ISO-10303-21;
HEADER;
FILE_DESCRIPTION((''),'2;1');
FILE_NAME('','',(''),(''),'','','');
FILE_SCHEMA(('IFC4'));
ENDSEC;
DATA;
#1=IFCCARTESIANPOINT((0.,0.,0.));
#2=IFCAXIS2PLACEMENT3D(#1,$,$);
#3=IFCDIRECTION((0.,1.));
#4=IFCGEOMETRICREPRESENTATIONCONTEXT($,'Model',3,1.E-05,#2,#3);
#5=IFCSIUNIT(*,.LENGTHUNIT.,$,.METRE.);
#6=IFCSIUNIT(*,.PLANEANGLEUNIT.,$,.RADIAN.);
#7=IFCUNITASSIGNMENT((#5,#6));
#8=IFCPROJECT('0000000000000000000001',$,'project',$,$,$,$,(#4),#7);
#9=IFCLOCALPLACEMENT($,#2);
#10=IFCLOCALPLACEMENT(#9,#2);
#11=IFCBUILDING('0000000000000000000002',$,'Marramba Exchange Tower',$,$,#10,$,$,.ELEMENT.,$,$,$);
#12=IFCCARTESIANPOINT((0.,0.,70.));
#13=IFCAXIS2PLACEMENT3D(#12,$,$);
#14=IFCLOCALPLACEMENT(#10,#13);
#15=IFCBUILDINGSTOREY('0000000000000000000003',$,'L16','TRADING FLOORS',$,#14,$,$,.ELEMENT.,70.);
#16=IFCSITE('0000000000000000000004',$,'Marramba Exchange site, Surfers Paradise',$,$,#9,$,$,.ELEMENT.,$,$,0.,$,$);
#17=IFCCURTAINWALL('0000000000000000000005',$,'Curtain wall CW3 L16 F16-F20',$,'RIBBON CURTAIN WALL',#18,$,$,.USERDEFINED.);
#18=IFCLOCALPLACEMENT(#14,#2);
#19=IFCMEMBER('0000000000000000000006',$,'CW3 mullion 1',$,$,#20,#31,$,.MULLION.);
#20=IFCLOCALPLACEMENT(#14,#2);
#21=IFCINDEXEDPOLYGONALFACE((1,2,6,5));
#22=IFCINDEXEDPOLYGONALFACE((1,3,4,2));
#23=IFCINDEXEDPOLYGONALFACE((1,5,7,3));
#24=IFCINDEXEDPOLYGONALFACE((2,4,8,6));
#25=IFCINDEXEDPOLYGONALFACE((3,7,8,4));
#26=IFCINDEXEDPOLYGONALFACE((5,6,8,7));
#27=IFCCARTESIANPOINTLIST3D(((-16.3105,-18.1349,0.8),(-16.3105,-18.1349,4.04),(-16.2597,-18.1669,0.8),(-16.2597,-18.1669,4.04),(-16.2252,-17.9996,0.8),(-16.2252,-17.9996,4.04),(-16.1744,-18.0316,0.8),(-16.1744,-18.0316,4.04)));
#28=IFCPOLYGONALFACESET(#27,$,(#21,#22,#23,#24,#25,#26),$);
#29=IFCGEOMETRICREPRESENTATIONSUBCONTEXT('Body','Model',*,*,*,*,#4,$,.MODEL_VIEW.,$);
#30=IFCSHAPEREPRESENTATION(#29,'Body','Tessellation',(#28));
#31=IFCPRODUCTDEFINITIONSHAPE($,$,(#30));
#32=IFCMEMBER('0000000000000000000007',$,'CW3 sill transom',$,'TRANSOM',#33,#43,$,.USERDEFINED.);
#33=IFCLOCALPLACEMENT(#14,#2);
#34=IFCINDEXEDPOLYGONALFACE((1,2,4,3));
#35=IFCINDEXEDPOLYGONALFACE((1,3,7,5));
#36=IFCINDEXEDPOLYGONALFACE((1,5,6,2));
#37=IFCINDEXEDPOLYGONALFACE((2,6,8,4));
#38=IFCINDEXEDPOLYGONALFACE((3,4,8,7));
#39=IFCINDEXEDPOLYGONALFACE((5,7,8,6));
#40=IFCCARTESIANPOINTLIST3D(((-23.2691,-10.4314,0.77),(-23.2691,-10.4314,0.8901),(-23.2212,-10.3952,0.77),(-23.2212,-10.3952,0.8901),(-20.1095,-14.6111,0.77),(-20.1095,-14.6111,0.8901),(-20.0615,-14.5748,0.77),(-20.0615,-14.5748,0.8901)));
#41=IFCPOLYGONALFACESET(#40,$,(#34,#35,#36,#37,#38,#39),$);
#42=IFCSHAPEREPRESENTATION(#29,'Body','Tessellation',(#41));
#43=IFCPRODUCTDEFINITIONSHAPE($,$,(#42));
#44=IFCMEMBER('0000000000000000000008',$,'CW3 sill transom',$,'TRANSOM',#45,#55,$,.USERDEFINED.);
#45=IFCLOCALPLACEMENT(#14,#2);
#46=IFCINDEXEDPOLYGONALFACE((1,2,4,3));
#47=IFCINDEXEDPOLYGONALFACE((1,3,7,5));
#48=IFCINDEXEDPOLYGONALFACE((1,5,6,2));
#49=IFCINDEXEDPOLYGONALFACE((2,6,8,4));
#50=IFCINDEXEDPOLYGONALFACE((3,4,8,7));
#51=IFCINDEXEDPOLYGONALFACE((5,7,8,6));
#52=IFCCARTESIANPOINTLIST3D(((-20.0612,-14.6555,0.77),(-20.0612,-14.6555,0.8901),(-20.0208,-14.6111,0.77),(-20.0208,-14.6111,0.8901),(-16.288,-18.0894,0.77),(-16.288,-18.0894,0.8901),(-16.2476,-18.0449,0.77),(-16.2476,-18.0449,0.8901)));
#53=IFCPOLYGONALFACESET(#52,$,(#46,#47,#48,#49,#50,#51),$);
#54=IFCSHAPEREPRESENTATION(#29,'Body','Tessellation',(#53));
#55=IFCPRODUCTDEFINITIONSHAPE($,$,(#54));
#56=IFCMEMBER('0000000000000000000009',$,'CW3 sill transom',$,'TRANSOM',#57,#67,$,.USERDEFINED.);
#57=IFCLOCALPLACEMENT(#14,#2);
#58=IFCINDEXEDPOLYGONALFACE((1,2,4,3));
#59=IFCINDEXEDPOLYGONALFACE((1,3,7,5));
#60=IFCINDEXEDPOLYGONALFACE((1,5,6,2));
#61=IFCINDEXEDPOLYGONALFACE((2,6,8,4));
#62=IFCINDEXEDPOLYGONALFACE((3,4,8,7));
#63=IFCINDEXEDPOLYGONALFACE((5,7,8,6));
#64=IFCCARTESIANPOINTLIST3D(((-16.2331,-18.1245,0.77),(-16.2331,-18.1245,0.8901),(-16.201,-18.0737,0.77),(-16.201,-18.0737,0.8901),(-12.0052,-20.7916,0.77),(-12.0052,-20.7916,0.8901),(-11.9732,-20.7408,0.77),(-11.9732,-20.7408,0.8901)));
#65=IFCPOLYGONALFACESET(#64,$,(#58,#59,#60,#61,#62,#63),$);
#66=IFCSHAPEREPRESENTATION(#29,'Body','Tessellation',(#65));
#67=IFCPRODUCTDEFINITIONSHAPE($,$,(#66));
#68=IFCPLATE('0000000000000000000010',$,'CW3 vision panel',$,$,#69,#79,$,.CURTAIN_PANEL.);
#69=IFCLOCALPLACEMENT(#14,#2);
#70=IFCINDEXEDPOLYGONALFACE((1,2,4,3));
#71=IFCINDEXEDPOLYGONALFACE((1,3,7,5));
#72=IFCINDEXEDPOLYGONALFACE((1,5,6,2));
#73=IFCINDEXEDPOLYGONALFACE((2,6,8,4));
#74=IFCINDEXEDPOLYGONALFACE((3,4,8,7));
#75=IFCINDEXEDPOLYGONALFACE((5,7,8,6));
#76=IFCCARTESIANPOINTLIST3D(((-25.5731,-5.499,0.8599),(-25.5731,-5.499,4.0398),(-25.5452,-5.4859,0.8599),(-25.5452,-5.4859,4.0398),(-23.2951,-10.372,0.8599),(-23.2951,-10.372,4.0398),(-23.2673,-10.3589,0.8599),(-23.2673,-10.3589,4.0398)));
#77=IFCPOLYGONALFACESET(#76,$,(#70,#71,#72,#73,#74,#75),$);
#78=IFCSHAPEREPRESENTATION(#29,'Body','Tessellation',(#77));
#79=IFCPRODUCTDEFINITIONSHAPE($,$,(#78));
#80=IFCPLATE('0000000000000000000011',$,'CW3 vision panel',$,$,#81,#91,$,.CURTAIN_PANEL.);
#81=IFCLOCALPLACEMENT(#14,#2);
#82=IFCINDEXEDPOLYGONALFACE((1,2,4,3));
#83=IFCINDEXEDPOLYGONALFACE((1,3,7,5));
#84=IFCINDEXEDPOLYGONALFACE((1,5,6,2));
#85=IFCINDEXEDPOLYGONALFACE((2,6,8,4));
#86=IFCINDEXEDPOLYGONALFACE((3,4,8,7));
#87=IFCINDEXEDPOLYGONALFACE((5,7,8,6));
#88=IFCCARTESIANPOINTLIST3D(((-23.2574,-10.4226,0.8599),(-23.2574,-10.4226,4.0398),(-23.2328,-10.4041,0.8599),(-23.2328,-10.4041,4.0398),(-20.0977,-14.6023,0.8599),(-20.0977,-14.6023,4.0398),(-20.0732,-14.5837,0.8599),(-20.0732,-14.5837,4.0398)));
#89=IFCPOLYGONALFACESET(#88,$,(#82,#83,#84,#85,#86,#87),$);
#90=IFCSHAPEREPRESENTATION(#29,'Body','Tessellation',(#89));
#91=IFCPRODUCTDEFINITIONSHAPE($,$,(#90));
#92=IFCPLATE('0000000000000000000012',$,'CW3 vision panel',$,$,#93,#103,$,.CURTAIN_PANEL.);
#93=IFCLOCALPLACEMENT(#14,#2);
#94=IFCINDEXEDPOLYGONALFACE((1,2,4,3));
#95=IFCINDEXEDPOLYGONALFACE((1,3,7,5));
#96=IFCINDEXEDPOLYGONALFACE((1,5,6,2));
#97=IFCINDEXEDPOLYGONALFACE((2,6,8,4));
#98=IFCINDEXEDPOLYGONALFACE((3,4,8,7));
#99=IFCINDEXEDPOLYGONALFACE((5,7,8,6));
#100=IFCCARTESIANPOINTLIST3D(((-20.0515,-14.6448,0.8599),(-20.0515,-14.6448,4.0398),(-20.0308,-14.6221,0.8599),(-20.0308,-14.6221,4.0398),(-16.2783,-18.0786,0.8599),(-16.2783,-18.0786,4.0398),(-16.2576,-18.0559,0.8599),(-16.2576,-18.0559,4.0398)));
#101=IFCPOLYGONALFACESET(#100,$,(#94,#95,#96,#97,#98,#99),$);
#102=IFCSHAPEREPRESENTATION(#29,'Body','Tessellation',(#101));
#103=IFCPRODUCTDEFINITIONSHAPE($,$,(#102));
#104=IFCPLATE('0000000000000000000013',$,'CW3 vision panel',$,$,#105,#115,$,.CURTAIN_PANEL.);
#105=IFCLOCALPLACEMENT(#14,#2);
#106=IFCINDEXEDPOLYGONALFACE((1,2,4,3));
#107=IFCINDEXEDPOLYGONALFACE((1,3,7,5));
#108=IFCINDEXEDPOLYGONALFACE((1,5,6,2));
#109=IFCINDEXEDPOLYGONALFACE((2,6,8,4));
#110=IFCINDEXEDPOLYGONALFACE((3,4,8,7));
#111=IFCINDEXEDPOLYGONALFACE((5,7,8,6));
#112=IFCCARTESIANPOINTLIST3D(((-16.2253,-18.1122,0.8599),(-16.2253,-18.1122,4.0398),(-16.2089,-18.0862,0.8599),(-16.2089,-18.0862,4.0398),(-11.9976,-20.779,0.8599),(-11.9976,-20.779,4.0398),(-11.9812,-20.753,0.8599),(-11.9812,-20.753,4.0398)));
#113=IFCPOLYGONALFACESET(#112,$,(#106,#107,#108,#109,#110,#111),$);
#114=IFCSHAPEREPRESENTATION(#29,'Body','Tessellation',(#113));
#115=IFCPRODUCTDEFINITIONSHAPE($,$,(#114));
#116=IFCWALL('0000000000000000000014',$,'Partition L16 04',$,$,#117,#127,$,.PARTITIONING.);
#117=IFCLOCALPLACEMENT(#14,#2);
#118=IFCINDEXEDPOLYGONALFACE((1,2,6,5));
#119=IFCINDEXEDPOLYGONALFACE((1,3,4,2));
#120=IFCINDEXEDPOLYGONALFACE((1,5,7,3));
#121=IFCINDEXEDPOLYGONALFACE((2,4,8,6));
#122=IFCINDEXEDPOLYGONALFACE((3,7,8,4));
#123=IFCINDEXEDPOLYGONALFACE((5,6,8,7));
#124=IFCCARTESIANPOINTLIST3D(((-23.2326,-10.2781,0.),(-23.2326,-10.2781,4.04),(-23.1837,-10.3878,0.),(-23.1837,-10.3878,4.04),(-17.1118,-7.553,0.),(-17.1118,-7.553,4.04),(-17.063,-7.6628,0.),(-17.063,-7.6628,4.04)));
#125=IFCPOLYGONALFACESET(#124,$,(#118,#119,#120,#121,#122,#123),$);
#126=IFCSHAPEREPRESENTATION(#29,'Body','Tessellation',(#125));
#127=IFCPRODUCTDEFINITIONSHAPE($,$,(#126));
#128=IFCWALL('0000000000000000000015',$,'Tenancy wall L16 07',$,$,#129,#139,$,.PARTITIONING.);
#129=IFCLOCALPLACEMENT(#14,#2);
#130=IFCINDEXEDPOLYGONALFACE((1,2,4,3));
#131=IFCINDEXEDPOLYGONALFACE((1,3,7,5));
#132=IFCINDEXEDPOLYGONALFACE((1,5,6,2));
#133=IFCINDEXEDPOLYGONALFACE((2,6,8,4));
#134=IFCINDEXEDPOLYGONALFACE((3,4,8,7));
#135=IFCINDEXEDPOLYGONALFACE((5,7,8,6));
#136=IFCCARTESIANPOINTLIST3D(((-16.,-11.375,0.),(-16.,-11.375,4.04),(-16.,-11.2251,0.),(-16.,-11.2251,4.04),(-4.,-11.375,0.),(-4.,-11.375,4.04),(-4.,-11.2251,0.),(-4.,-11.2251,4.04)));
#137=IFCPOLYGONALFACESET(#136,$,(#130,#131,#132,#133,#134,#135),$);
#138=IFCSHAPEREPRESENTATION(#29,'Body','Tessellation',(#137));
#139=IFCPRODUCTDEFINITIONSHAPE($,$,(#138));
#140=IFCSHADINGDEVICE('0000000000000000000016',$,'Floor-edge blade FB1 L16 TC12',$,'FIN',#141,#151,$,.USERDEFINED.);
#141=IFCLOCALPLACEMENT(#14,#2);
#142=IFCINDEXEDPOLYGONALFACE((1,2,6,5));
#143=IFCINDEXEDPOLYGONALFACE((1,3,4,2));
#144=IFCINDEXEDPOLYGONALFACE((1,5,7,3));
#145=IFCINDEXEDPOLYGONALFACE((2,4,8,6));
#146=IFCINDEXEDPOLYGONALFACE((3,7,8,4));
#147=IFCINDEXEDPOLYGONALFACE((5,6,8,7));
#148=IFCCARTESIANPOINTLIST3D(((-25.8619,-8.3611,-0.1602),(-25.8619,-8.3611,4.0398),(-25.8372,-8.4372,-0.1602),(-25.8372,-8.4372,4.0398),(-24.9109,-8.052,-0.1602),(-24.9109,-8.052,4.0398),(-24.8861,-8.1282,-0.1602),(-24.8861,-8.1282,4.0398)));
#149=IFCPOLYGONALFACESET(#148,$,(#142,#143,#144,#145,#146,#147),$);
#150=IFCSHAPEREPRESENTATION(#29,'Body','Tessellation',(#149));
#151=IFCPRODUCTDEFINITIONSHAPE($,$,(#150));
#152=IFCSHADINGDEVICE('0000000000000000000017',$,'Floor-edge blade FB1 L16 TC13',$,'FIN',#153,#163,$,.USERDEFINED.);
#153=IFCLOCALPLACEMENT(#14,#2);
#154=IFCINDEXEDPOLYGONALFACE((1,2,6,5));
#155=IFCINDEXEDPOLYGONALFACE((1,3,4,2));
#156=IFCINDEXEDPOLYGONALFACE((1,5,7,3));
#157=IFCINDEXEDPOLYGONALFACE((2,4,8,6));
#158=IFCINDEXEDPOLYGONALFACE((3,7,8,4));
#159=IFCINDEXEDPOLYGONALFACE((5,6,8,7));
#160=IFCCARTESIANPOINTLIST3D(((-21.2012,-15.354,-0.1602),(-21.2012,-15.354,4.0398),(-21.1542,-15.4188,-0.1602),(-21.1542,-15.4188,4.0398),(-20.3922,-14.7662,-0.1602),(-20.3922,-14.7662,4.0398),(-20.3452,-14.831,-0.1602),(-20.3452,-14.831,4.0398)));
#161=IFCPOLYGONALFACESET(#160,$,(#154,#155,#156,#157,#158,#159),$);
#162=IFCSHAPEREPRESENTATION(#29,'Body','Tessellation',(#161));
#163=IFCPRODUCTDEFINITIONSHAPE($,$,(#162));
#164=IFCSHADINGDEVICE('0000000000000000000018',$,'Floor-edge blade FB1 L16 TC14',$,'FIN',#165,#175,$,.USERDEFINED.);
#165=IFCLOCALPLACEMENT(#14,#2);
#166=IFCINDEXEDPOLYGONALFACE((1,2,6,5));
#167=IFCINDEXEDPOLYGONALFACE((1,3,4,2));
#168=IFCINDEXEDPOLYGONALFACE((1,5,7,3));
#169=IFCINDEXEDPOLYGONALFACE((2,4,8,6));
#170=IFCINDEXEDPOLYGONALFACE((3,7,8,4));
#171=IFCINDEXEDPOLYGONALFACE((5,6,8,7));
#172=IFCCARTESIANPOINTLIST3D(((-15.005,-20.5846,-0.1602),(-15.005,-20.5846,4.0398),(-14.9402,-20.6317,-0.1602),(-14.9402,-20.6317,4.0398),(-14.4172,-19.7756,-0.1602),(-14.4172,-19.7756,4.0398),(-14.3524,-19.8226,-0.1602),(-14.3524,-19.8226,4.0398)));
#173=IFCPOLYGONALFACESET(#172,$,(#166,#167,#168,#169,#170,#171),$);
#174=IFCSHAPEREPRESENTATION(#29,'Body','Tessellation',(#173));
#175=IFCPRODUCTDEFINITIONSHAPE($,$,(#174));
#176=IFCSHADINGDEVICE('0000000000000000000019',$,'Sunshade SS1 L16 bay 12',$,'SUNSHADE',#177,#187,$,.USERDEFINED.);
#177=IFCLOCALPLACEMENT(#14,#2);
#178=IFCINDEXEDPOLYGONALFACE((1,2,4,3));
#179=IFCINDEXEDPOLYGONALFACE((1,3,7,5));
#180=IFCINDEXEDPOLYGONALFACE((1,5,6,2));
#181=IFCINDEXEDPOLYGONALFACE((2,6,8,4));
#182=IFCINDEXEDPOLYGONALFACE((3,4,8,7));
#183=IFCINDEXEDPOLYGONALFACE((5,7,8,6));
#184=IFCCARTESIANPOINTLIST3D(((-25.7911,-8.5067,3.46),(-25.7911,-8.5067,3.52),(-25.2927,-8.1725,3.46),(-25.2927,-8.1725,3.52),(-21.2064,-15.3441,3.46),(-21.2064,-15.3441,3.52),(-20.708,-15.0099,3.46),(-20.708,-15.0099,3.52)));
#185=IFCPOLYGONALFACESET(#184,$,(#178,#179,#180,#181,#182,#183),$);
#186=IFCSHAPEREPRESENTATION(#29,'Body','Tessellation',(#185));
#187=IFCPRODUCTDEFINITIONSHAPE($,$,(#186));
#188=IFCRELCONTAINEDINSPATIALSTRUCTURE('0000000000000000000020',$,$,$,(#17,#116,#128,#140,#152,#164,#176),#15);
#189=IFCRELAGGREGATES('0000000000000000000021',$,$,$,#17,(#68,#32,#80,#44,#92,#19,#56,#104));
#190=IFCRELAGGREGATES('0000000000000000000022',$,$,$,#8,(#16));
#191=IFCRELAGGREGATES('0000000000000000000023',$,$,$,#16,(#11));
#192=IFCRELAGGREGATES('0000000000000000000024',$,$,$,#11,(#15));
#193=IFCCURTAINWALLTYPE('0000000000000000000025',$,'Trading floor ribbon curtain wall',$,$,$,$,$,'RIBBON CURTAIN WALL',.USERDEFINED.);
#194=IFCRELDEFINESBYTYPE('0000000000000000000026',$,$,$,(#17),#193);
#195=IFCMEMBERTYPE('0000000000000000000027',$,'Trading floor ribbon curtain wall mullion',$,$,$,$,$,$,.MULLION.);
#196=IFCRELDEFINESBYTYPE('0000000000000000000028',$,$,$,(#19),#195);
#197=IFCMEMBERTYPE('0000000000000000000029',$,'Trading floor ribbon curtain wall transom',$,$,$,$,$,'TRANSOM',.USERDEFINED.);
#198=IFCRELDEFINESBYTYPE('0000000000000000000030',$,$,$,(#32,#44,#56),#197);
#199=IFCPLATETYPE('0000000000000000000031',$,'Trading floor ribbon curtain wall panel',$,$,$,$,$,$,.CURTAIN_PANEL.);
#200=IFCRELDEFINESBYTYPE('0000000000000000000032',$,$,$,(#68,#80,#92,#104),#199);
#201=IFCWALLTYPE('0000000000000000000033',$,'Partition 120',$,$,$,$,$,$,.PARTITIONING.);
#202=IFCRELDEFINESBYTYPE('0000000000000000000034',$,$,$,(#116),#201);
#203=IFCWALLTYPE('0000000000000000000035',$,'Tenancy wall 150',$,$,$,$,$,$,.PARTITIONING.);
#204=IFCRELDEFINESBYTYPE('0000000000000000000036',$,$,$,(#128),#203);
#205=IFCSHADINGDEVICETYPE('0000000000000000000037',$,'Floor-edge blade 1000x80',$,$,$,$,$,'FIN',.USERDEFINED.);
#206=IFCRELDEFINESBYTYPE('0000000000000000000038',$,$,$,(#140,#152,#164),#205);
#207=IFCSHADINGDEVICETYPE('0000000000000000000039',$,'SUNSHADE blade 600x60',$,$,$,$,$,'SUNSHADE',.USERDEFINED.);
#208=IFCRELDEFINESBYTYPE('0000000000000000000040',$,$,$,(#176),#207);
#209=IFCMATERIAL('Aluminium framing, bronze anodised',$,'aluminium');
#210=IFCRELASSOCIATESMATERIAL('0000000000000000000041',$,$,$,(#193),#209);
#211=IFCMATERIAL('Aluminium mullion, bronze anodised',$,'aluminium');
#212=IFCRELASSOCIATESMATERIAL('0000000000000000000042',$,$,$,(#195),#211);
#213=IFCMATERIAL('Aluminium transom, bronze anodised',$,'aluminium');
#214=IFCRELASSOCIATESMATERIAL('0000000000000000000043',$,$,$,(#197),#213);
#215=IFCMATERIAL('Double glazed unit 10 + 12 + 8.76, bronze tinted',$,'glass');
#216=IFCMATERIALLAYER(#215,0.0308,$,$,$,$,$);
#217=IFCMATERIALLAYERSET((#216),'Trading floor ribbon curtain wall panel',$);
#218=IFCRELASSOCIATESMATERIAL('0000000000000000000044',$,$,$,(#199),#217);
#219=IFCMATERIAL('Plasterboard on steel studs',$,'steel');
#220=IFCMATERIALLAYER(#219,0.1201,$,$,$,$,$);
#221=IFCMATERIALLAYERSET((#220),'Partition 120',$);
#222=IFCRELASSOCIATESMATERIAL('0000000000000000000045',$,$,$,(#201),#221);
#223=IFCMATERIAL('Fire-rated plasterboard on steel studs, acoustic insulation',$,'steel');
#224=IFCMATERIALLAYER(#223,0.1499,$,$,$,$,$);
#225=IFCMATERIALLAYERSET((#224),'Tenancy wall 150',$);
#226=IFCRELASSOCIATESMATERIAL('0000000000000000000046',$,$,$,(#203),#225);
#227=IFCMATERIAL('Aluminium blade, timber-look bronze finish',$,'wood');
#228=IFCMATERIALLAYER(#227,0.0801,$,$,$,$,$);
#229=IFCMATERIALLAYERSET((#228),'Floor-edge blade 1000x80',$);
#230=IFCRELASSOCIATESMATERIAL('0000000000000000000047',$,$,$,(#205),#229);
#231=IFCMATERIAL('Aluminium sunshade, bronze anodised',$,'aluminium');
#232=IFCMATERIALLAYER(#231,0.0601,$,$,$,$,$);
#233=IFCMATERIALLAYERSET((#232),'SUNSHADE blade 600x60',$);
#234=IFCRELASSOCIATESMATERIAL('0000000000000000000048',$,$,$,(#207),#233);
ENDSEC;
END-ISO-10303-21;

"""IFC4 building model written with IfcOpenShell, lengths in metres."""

from ifc_helpers import new_model, si_unit, direction, frame, frame_2d, origin, origin_2d, place, context, subcontext, project, spatial, rectangle, extrude, material, layer, layer_set, material_profile, profile_set, type_object, element, aggregate, save


model = new_model("IFC4")

# Units and contexts
model_context = context("Model", 3, precision=1e-05, world=origin(), true_north=direction((0.0, 1.0)))
body_context = subcontext(model_context, "Body", "Model", "MODEL_VIEW")
ifc_project = project(units=[si_unit("LENGTHUNIT", "METRE"), si_unit("PLANEANGLEUNIT", "RADIAN")], contexts=[model_context])

# Site, building, storey
site_placement = place(None, origin())
site = spatial("IfcSite", under=ifc_project, at=site_placement, Name="Marramba Exchange site, Surfers Paradise", CompositionType="ELEMENT", RefElevation=0.0)
building_placement = place(site_placement, origin())
building = spatial("IfcBuilding", under=site, at=building_placement, Name="Marramba Exchange Tower", CompositionType="ELEMENT")
storey_placement = place(building_placement, frame((0.0, 0.0, 70.0)))
storey = spatial("IfcBuildingStorey", under=building, at=storey_placement, Name="L16", Description="TRADING FLOORS", CompositionType="ELEMENT", Elevation=70.0)

# Curtain wall, members, plates
ifc_material_1 = material(Name="Aluminium framing, bronze anodised", Category="aluminium")
curtain_wall_type = type_object("IfcCurtainWallType", Name="Trading floor ribbon curtain wall", ElementType="RIBBON CURTAIN WALL", PredefinedType="USERDEFINED", material=ifc_material_1)
curtain_wall_placement = place(storey_placement, origin())
curtain_wall = element("IfcCurtainWall", 1, at=curtain_wall_placement, inside=storey, type_object=curtain_wall_type, Name="Curtain wall CW3 L16 F16-F20", ObjectType="RIBBON CURTAIN WALL", PredefinedType="USERDEFINED")
ifc_material_2 = material(Name="Aluminium mullion, bronze anodised", Category="aluminium")
ifc_material_profile_1 = material_profile(ifc_material_2, rectangle(XDim=0.1599, YDim=0.0601, at=origin_2d()), Name="CW3 mullion 60x160")
ifc_profile_set_1 = profile_set([ifc_material_profile_1], Name="Aluminium mullion, bronze anodised")
member_type_1 = type_object("IfcMemberType", Name="Trading floor ribbon curtain wall mullion", PredefinedType="MULLION", material=ifc_profile_set_1)
member_1_placement = place(storey_placement, frame((-16.2424, -18.0833, 0.8), z_axis=(0.0, 0.0, 1.0), x_axis=(0.533515, 0.845791, 0.0)))
member_1 = element("IfcMember", 2, at=member_1_placement, type_object=member_type_1, Name="CW3 mullion 1", PredefinedType="MULLION", context=body_context, shape_type="SweptSolid", body=[
    extrude(rectangle(XDim=0.1599, YDim=0.0601, at=origin_2d()), origin(), (0.0, 0.0, 1.0), 3.24),
])
ifc_material_3 = material(Name="Aluminium transom, bronze anodised", Category="aluminium")
ifc_material_profile_2 = material_profile(ifc_material_3, rectangle(XDim=0.0601, YDim=0.1201, at=origin_2d()), Name="CW3 transom 60x120")
ifc_profile_set_2 = profile_set([ifc_material_profile_2], Name="Aluminium transom, bronze anodised")
member_type_2 = type_object("IfcMemberType", Name="Trading floor ribbon curtain wall transom", ElementType="TRANSOM", PredefinedType="USERDEFINED", material=ifc_profile_set_2)
member_2_placement = place(storey_placement, frame((-23.2451, -10.4133, 0.8301), z_axis=(0.603037, -0.797713, 0.0), x_axis=(0.797713, 0.603037, 0.0)))
member_2 = element("IfcMember", 3, at=member_2_placement, type_object=member_type_2, Name="CW3 sill transom", ObjectType="TRANSOM", PredefinedType="USERDEFINED", context=body_context, shape_type="SweptSolid", body=[
    extrude(rectangle(XDim=0.0601, YDim=0.1201, at=origin_2d()), origin(), (0.0, 0.0, 1.0), 5.2395),
])
member_3_placement = place(storey_placement, frame((-20.041, -14.6333, 0.8301), z_axis=(0.739583, -0.673066, 0.0), x_axis=(0.673066, 0.739583, 0.0)))
member_3 = element("IfcMember", 4, at=member_3_placement, type_object=member_type_2, Name="CW3 sill transom", ObjectType="TRANSOM", PredefinedType="USERDEFINED", context=body_context, shape_type="SweptSolid", body=[
    extrude(rectangle(XDim=0.0601, YDim=0.1201, at=origin_2d()), origin(), (0.0, 0.0, 1.0), 5.1018),
])
member_4_placement = place(storey_placement, frame((-16.217, -18.0991, 0.8301), z_axis=(0.845777, -0.533537, 0.0), x_axis=(0.533537, 0.845777, 0.0)))
member_4 = element("IfcMember", 5, at=member_4_placement, type_object=member_type_2, Name="CW3 sill transom", ObjectType="TRANSOM", PredefinedType="USERDEFINED", context=body_context, shape_type="SweptSolid", body=[
    extrude(rectangle(XDim=0.0601, YDim=0.1201, at=origin_2d()), origin(), (0.0, 0.0, 1.0), 4.9988),
])
ifc_material_4 = material(Name="Double glazed unit 10 + 12 + 8.76, bronze tinted", Category="glass")
ifc_layer_1 = layer(ifc_material_4, 0.0308)
ifc_layer_set_1 = layer_set([ifc_layer_1], Name="Trading floor ribbon curtain wall panel")
plate_type = type_object("IfcPlateType", Name="Trading floor ribbon curtain wall panel", PredefinedType="CURTAIN_PANEL", material=ifc_layer_set_1)
plate_1_placement = place(storey_placement, frame((-24.4202, -7.929, 0.8599), z_axis=(0.0, 0.0, 1.0), x_axis=(0.423477, -0.905907, 0.0)))
plate_1 = element("IfcPlate", 6, at=plate_1_placement, type_object=plate_type, Name="CW3 vision panel", PredefinedType="CURTAIN_PANEL", context=body_context, shape_type="SweptSolid", body=[
    extrude(rectangle(XDim=5.3792, YDim=0.0308, at=origin_2d()), origin(), (0.0, 0.0, 1.0), 3.1799),
])
plate_2_placement = place(storey_placement, frame((-21.6653, -12.5032, 0.8599), z_axis=(0.0, 0.0, 1.0), x_axis=(0.60304, -0.797711, 0.0)))
plate_2 = element("IfcPlate", 7, at=plate_2_placement, type_object=plate_type, Name="CW3 vision panel", PredefinedType="CURTAIN_PANEL", context=body_context, shape_type="SweptSolid", body=[
    extrude(rectangle(XDim=5.2395, YDim=0.0308, at=origin_2d()), origin(), (0.0, 0.0, 1.0), 3.1799),
])
plate_3_placement = place(storey_placement, frame((-18.1545, -16.3503, 0.8599), z_axis=(0.0, 0.0, 1.0), x_axis=(0.73959, -0.673058, 0.0)))
plate_3 = element("IfcPlate", 8, at=plate_3_placement, type_object=plate_type, Name="CW3 vision panel", PredefinedType="CURTAIN_PANEL", context=body_context, shape_type="SweptSolid", body=[
    extrude(rectangle(XDim=5.1018, YDim=0.0308, at=origin_2d()), origin(), (0.0, 0.0, 1.0), 3.1799),
])
plate_4_placement = place(storey_placement, frame((-14.1033, -19.4326, 0.8599), z_axis=(0.0, 0.0, 1.0), x_axis=(0.845791, -0.533515, 0.0)))
plate_4 = element("IfcPlate", 9, at=plate_4_placement, type_object=plate_type, Name="CW3 vision panel", PredefinedType="CURTAIN_PANEL", context=body_context, shape_type="SweptSolid", body=[
    extrude(rectangle(XDim=4.9985, YDim=0.0308, at=origin_2d()), origin(), (0.0, 0.0, 1.0), 3.1799),
])
aggregate(curtain_wall, [plate_1, member_2, plate_2, member_3, plate_3, member_1, member_4, plate_4])

# Walls
ifc_material_5 = material(Name="Plasterboard on steel studs", Category="steel")
ifc_layer_2 = layer(ifc_material_5, 0.1201)
ifc_layer_set_2 = layer_set([ifc_layer_2], Name="Partition 120")
wall_type_1 = type_object("IfcWallType", Name="Partition 120", PredefinedType="PARTITIONING", material=ifc_layer_set_2)
wall_1_placement = place(storey_placement, frame((-23.2083, -10.333, 0.0), z_axis=(0.0, 0.0, 1.0), x_axis=(0.91355, 0.406727, 0.0)))
element("IfcWall", 10, at=wall_1_placement, inside=storey, type_object=wall_type_1, Name="Partition L16 04", PredefinedType="PARTITIONING", context=body_context, shape_type="SweptSolid", body=[
    extrude(rectangle(XDim=6.7, YDim=0.1201, at=frame_2d((3.3501, 0.0))), origin(), (0.0, 0.0, 1.0), 4.04),
])
ifc_material_6 = material(Name="Fire-rated plasterboard on steel studs, acoustic insulation", Category="steel")
ifc_layer_3 = layer(ifc_material_6, 0.1499)
ifc_layer_set_3 = layer_set([ifc_layer_3], Name="Tenancy wall 150")
wall_type_2 = type_object("IfcWallType", Name="Tenancy wall 150", PredefinedType="PARTITIONING", material=ifc_layer_set_3)
wall_2_placement = place(storey_placement, frame((-16.0, -11.3, 0.0), z_axis=(0.0, 0.0, 1.0), x_axis=(1.0, 0.0, 0.0)))
element("IfcWall", 11, at=wall_2_placement, inside=storey, type_object=wall_type_2, Name="Tenancy wall L16 07", PredefinedType="PARTITIONING", context=body_context, shape_type="SweptSolid", body=[
    extrude(rectangle(XDim=12.0, YDim=0.1499, at=frame_2d((6.0, 0.0))), origin(), (0.0, 0.0, 1.0), 4.04),
])

# Shading devices
ifc_material_7 = material(Name="Aluminium blade, timber-look bronze finish", Category="wood")
ifc_layer_4 = layer(ifc_material_7, 0.0801)
ifc_layer_set_4 = layer_set([ifc_layer_4], Name="Floor-edge blade 1000x80")
shading_device_type_1 = type_object("IfcShadingDeviceType", Name="Floor-edge blade 1000x80", ElementType="FIN", PredefinedType="USERDEFINED", material=ifc_layer_set_4)
for number, where, z_axis, x_axis, name in (
    (12, (-25.374, -8.2446, -0.1602), (0.0, 0.0, 1.0), (-0.951057, -0.309017, 0.0), "Floor-edge blade FB1 L16 TC12"),
    (13, (-20.7732, -15.0925, -0.1602), (0.0, 0.0, 1.0), (-0.809017, -0.587785, 0.0), "Floor-edge blade FB1 L16 TC13"),
    (14, (-14.6787, -20.2036, -0.1602), (0.0, 0.0, 1.0), (-0.587785, -0.809017, 0.0), "Floor-edge blade FB1 L16 TC14"),
):
    element("IfcShadingDevice", number, at=place(storey_placement, frame(where, z_axis=z_axis, x_axis=x_axis)), inside=storey, type_object=shading_device_type_1, Name=name, ObjectType="FIN", PredefinedType="USERDEFINED", context=body_context, shape_type="SweptSolid", body=[
        extrude(rectangle(XDim=1.0, YDim=0.0801, at=origin_2d()), origin(), (0.0, 0.0, 1.0), 4.2),
    ])
ifc_material_8 = material(Name="Aluminium sunshade, bronze anodised", Category="aluminium")
ifc_layer_5 = layer(ifc_material_8, 0.0601)
ifc_layer_set_5 = layer_set([ifc_layer_5], Name="SUNSHADE blade 600x60")
shading_device_type_2 = type_object("IfcShadingDeviceType", Name="SUNSHADE blade 600x60", ElementType="SUNSHADE", PredefinedType="USERDEFINED", material=ifc_layer_set_5)
shading_device_1_placement = place(storey_placement, frame((-23.2495, -11.7583, 3.46), z_axis=(0.0, 0.0, 1.0), x_axis=(0.556924, -0.830563, 0.0)))
element("IfcShadingDevice", 15, at=shading_device_1_placement, inside=storey, type_object=shading_device_type_2, Name="Sunshade SS1 L16 bay 12", ObjectType="SUNSHADE", PredefinedType="USERDEFINED", context=body_context, shape_type="SweptSolid", body=[
    extrude(rectangle(XDim=8.2322, YDim=0.6001, at=origin_2d()), origin(), (0.0, 0.0, 1.0), 0.0601),
])

save(model, "model.ifc")
